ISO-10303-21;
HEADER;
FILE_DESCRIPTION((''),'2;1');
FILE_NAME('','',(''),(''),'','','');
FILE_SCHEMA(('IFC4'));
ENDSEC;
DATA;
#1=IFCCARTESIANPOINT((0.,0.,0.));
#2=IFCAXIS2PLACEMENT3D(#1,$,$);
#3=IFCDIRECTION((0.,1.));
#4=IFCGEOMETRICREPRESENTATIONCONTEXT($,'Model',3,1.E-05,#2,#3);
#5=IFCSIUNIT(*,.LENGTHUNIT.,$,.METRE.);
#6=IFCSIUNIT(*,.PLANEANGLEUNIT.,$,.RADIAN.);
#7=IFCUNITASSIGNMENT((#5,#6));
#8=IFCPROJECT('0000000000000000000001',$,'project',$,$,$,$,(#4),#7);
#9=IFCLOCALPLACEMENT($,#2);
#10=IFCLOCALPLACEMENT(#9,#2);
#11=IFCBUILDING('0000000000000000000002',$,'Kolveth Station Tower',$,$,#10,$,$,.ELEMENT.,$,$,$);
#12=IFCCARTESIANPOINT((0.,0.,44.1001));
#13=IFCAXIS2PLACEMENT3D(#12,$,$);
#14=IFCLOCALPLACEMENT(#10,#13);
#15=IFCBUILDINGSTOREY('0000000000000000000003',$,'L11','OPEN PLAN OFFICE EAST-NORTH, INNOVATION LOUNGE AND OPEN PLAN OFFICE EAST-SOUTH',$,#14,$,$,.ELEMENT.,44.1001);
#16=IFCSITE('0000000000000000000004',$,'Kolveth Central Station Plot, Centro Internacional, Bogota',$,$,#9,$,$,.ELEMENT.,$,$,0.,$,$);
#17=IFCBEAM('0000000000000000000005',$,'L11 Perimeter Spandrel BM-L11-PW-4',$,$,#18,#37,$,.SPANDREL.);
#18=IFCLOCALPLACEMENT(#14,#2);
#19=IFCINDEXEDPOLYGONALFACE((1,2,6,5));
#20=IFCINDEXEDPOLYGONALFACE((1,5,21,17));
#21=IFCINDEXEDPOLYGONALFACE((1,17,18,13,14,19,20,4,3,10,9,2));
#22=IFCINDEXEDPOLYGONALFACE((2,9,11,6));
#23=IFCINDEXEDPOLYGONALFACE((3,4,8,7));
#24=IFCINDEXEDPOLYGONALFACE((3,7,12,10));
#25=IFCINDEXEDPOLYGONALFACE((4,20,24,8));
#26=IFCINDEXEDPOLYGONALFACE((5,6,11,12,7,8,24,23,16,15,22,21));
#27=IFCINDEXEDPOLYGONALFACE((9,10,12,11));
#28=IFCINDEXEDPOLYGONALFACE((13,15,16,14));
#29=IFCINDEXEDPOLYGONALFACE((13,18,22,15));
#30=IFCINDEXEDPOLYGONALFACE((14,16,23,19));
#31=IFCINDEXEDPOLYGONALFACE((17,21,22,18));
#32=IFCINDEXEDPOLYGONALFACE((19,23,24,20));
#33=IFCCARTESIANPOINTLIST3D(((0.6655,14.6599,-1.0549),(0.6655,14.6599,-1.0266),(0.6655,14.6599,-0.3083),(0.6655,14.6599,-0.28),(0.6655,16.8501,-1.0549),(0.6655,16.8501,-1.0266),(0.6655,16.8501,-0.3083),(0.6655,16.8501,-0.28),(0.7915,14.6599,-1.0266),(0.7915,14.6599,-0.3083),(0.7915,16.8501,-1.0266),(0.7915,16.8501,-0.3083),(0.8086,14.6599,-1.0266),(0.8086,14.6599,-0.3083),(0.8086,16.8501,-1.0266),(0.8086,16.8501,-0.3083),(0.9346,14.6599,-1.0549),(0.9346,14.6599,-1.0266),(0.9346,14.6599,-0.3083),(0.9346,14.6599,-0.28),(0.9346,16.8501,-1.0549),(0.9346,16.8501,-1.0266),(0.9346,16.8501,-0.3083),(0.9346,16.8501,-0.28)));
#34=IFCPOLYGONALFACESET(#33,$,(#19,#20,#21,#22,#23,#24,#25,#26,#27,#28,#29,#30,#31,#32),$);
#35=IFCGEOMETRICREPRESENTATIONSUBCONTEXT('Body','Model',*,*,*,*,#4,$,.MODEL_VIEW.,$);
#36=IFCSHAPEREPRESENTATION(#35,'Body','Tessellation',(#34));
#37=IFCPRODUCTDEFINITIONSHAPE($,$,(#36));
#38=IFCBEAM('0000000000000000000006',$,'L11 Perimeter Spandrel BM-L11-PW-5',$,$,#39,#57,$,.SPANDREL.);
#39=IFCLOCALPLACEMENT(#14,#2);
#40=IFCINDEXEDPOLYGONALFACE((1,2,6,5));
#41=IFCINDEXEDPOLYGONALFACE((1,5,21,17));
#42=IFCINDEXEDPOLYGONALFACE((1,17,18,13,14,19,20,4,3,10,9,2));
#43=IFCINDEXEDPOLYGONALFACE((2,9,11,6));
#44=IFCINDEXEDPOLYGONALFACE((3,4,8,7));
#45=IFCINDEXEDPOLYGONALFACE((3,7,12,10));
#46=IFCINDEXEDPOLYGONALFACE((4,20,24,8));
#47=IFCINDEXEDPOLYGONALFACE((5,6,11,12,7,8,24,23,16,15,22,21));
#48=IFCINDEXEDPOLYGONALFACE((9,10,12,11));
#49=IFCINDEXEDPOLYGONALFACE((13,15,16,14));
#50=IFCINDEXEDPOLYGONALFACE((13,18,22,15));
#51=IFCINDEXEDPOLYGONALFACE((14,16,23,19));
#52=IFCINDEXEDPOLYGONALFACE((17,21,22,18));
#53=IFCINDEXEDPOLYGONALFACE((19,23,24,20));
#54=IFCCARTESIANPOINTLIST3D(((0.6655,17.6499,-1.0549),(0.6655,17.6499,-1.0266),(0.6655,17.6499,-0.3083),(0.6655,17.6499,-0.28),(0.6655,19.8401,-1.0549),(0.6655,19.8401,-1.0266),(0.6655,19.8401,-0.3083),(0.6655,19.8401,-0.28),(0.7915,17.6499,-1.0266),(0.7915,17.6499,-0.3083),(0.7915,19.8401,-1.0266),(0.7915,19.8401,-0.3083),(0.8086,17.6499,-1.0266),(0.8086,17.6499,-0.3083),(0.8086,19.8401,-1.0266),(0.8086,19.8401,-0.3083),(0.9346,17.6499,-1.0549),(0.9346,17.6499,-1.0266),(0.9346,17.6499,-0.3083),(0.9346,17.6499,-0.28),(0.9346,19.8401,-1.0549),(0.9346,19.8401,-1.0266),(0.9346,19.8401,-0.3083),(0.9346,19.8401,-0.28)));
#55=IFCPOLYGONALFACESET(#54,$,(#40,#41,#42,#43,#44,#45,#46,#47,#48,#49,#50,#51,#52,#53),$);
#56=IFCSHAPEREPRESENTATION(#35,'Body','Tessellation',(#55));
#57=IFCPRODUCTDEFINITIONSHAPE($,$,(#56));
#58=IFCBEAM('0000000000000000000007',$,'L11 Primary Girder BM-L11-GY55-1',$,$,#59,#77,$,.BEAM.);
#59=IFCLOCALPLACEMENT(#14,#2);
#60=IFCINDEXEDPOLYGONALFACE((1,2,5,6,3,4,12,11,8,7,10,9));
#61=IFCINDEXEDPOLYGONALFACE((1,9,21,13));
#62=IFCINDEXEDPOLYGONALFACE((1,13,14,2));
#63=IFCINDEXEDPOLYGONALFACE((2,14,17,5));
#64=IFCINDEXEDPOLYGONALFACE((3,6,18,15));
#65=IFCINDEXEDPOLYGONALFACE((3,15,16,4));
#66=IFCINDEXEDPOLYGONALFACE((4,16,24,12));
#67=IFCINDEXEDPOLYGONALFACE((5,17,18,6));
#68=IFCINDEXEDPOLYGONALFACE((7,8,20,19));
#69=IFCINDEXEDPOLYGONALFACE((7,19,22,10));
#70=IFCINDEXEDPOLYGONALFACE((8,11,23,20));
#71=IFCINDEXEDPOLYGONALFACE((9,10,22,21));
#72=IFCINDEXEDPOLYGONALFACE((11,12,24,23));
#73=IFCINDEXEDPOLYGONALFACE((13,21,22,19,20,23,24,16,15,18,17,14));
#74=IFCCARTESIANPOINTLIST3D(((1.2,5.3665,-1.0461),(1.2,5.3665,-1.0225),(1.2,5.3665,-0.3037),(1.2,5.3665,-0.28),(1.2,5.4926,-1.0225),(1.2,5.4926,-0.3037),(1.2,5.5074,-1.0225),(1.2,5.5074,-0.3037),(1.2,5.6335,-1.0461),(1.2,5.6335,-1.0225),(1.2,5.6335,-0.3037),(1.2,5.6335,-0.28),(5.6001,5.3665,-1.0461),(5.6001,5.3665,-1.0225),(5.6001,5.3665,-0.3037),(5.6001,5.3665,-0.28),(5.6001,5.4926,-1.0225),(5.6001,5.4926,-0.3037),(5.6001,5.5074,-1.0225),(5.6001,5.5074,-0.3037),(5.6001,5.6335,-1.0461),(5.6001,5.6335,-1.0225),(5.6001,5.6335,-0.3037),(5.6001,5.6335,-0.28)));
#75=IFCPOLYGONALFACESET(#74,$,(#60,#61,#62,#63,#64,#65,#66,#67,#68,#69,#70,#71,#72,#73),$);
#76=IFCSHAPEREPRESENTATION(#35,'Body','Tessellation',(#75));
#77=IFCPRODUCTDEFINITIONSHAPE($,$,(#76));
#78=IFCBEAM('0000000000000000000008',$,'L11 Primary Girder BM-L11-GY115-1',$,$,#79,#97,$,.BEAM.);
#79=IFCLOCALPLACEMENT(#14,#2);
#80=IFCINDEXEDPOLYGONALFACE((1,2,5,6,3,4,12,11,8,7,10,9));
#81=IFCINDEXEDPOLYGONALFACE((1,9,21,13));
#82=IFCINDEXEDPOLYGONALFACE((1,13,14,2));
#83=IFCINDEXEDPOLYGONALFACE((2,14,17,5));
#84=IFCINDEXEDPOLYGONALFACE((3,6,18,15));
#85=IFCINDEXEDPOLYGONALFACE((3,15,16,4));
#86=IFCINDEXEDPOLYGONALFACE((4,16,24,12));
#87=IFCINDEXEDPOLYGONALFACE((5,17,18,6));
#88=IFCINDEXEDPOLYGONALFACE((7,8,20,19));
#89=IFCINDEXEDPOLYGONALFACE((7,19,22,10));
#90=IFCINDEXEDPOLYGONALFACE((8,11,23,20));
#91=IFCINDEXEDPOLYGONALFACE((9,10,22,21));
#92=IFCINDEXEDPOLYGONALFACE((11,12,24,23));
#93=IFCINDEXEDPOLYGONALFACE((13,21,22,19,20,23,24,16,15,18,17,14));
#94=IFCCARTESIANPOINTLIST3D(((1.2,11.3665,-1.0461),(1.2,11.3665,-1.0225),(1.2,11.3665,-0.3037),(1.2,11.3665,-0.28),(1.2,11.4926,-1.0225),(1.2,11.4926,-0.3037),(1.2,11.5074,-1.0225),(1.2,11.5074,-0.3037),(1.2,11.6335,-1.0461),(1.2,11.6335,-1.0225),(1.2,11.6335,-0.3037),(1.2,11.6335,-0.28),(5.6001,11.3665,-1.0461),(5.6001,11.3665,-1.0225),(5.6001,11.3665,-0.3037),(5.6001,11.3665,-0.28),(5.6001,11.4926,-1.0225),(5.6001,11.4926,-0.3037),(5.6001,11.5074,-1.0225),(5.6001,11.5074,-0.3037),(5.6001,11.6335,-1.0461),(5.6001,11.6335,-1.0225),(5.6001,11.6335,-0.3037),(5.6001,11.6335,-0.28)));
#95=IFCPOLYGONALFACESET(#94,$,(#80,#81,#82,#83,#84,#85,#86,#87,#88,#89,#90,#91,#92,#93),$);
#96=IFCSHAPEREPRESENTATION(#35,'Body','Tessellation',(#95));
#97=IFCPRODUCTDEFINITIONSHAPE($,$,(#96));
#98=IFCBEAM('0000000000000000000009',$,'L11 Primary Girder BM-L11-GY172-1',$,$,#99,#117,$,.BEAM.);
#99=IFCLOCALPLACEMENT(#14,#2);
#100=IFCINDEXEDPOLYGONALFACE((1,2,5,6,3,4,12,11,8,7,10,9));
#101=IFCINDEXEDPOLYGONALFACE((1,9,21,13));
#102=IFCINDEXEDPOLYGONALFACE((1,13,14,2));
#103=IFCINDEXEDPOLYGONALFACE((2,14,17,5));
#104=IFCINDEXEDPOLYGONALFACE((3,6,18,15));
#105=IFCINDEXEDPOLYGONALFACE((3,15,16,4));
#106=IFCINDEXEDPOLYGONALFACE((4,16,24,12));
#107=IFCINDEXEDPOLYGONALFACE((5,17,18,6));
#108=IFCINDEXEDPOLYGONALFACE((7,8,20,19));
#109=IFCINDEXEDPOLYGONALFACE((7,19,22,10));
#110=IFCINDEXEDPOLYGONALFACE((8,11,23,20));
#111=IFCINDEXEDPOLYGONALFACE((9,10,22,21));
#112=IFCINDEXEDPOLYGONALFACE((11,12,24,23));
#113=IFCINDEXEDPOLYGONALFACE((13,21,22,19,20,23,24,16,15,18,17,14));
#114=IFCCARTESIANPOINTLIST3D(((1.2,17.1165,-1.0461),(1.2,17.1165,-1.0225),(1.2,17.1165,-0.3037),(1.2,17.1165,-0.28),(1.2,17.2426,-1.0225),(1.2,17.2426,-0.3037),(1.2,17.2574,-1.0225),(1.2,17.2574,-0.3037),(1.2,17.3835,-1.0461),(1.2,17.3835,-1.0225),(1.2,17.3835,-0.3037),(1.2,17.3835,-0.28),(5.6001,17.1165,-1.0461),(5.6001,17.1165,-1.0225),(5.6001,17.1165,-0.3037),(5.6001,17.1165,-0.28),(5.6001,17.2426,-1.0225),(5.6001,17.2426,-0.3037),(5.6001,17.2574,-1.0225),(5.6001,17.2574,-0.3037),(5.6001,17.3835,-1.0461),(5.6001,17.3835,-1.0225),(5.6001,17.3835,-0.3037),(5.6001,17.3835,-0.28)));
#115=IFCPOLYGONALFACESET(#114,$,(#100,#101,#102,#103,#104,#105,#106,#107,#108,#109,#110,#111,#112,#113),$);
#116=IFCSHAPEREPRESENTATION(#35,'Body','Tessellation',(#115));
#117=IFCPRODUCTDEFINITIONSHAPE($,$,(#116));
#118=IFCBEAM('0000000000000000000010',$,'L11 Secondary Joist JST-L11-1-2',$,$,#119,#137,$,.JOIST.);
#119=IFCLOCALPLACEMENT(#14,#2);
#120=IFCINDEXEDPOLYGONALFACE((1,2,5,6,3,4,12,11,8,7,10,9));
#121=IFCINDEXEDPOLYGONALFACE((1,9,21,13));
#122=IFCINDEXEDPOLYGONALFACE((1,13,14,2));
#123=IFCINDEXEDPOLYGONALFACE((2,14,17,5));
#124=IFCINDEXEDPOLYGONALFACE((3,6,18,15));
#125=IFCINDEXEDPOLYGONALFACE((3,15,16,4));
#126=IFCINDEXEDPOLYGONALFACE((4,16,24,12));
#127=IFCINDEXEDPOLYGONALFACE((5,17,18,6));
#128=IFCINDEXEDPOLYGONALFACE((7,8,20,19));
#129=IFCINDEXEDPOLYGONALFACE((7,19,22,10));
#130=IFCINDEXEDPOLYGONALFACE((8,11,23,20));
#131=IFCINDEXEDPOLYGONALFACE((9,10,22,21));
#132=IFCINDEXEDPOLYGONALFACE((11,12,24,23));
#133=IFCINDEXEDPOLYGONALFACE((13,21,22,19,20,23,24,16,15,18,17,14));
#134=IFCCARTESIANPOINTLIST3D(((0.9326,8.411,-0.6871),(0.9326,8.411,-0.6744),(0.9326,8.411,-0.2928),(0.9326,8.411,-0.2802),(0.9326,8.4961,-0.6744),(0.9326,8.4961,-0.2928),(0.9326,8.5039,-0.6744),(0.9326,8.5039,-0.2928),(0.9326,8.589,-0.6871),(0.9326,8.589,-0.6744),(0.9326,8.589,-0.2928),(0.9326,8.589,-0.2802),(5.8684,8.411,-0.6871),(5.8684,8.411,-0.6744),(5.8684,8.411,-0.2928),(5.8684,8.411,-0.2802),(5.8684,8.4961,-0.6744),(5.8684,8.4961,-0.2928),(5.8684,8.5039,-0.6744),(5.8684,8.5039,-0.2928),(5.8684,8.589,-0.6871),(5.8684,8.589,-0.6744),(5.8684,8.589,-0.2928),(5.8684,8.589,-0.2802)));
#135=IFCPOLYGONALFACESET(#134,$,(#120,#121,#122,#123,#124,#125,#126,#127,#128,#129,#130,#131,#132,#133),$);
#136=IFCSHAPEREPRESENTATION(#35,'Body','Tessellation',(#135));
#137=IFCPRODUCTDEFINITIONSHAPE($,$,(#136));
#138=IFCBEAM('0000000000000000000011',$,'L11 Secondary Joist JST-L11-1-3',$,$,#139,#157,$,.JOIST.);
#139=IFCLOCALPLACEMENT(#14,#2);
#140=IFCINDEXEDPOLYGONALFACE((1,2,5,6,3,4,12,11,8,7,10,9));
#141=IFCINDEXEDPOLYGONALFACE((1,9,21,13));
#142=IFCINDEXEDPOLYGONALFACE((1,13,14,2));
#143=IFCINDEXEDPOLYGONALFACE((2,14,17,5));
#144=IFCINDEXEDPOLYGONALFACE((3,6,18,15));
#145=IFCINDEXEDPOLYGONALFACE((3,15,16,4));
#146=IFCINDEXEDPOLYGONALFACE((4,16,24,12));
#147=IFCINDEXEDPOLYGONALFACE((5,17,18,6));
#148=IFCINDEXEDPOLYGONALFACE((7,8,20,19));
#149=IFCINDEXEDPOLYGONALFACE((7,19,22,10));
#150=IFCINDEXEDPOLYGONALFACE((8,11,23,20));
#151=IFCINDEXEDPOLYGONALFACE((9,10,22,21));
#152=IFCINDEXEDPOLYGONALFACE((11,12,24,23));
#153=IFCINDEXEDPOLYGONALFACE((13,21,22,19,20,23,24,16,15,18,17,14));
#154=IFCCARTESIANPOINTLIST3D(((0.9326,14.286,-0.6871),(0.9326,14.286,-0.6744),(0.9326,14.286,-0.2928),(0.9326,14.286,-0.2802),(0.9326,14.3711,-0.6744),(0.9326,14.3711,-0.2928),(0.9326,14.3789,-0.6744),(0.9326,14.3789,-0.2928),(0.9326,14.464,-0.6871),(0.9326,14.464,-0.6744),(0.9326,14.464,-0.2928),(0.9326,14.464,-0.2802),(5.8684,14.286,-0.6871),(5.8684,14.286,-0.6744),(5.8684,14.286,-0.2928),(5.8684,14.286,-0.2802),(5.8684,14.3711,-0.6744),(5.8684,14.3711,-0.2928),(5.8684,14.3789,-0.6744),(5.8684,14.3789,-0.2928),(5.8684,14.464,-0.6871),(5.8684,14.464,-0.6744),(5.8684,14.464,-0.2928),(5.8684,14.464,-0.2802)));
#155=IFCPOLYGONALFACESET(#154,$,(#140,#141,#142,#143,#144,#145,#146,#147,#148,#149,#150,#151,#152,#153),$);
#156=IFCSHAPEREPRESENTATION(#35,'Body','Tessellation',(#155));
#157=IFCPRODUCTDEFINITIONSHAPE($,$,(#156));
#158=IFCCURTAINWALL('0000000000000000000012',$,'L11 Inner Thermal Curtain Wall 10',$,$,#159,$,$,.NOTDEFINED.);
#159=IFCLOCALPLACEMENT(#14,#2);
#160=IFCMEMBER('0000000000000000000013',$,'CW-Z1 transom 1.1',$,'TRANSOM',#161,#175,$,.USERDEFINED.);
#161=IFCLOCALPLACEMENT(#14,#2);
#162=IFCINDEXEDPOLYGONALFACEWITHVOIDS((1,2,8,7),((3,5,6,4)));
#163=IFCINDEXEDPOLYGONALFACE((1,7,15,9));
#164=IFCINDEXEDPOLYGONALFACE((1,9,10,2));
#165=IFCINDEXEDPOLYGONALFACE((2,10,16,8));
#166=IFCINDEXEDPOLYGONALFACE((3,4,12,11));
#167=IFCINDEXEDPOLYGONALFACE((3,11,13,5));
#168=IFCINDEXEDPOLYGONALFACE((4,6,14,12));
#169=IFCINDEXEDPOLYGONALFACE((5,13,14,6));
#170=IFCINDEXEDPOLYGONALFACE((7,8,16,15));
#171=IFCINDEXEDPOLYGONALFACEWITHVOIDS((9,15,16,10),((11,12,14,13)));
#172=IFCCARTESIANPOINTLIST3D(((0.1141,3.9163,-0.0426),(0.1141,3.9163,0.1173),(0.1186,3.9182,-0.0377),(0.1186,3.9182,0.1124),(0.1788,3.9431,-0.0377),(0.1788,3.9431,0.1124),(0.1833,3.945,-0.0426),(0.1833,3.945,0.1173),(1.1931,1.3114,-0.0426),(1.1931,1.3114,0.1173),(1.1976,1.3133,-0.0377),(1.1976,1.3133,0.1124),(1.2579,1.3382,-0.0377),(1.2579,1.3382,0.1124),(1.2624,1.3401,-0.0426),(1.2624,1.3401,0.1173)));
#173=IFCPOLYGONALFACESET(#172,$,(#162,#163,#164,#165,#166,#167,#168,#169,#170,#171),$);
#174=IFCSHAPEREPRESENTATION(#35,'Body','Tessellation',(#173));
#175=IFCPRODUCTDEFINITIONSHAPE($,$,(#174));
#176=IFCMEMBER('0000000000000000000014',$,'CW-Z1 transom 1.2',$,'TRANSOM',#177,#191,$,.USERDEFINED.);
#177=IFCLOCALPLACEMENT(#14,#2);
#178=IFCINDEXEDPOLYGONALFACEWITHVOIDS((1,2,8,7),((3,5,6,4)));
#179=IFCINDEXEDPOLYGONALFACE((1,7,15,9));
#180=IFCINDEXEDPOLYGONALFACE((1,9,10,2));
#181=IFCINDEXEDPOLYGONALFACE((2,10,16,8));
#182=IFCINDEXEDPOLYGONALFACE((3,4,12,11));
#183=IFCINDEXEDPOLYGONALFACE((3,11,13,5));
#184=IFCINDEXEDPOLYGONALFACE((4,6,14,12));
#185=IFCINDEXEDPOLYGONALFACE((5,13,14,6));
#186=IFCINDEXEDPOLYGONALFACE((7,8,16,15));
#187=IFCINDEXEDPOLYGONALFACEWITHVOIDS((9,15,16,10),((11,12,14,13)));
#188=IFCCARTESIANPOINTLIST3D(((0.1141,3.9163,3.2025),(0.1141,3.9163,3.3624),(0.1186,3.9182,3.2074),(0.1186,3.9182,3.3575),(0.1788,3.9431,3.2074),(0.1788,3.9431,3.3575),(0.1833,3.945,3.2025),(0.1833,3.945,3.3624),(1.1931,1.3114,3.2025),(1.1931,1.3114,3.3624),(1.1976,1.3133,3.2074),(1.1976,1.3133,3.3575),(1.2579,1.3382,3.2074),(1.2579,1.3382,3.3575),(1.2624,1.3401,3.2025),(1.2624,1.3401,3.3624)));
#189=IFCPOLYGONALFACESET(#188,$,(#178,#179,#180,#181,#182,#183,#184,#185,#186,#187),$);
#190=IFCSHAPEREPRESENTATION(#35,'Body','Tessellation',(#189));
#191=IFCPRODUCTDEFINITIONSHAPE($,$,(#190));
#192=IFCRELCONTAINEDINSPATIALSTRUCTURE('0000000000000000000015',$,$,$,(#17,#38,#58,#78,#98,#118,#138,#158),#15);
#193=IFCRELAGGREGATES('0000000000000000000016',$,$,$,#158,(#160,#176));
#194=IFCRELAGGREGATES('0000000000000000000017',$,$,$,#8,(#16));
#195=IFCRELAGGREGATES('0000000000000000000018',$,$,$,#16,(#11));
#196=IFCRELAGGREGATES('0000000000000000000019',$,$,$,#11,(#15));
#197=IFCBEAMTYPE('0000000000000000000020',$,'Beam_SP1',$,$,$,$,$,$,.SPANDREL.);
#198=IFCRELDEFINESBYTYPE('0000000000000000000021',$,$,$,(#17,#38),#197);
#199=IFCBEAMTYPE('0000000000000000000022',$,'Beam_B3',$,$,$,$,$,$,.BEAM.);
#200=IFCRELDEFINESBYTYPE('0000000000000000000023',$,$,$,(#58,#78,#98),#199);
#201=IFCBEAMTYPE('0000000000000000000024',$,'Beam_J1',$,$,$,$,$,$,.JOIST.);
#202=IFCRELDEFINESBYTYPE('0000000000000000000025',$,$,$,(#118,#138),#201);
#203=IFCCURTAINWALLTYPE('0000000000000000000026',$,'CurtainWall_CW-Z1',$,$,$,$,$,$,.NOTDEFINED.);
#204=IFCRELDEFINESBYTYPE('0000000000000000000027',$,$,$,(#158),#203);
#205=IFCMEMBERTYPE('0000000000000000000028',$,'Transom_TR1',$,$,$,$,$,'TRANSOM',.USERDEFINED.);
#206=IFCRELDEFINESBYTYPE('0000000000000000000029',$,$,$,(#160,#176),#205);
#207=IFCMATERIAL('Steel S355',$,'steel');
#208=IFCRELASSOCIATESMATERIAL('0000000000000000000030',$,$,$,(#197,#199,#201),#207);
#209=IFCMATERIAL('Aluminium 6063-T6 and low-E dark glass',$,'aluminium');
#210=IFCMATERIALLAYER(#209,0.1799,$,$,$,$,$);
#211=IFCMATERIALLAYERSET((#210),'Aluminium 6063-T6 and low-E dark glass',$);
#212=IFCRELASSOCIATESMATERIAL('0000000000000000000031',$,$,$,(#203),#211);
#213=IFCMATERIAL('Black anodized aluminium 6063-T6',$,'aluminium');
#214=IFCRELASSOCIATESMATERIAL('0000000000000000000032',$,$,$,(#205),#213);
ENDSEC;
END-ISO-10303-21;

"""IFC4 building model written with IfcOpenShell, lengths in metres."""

from ifc_helpers import new_model, si_unit, direction, frame, origin, origin_2d, place, context, subcontext, project, spatial, hollow_rectangle, i_section, extrude, source, transform, mapped, material, layer, layer_set, material_profile, profile_set, type_object, element, aggregate, save


model = new_model("IFC4")

# Units and contexts
model_context = context("Model", 3, precision=1e-05, world=origin(), true_north=direction((0.0, 1.0)))
body_context = subcontext(model_context, "Body", "Model", "MODEL_VIEW")
ifc_project = project(units=[si_unit("LENGTHUNIT", "METRE"), si_unit("PLANEANGLEUNIT", "RADIAN")], contexts=[model_context])

# Site, building, storey
site_placement = place(None, origin())
site = spatial("IfcSite", under=ifc_project, at=site_placement, Name="Kolveth Central Station Plot, Centro Internacional, Bogota", CompositionType="ELEMENT", RefElevation=0.0)
building_placement = place(site_placement, origin())
building = spatial("IfcBuilding", under=site, at=building_placement, Name="Kolveth Station Tower", CompositionType="ELEMENT")
storey_placement = place(building_placement, frame((0.0, 0.0, 44.1001)))
storey = spatial("IfcBuildingStorey", under=building, at=storey_placement, Name="L11", Description="OPEN PLAN OFFICE EAST-NORTH, INNOVATION LOUNGE AND OPEN PLAN OFFICE EAST-SOUTH", CompositionType="ELEMENT", Elevation=44.1001)

# Shared definitions
ifc_material_1 = material(Name="Steel S355", Category="steel")

# Beams
ifc_material_profile_1 = material_profile(ifc_material_1, i_section(OverallWidth=0.269, OverallDepth=0.7749, WebThickness=0.0171, FlangeThickness=0.0283, at=origin_2d()), Name="W760x220")
ifc_profile_set_1 = profile_set([ifc_material_profile_1], Name="Steel S355")
beam_type_1 = type_object("IfcBeamType", Name="Beam_SP1", PredefinedType="SPANDREL", material=ifc_profile_set_1)
shared_shape_1 = source(origin(), body_context, "Body", "SweptSolid", [
    extrude(i_section(OverallWidth=0.269, OverallDepth=0.7749, WebThickness=0.0171, FlangeThickness=0.0283, at=origin_2d()), origin(), (0.0, 0.0, 1.0), 2.1902),
])
for number, where, z_axis, x_axis, name in (
    (1, (0.8, 14.6599, -0.6675), (0.0, 1.0, 0.0), (-1.0, 0.0, 0.0), "L11 Perimeter Spandrel BM-L11-PW-4"),
    (2, (0.8, 17.6499, -0.6675), (0.0, 1.0, 0.0), (-1.0, 0.0, 0.0), "L11 Perimeter Spandrel BM-L11-PW-5"),
):
    element("IfcBeam", number, at=place(storey_placement, frame(where, z_axis=z_axis, x_axis=x_axis)), inside=storey, type_object=beam_type_1, Name=name, PredefinedType="SPANDREL", context=body_context, shape_type="MappedRepresentation", body=[
        mapped(shared_shape_1, transform((0.0, 0.0, 0.0), x_axis=(1.0, 0.0, 0.0), y_axis=(0.0, 1.0, 0.0), z_axis=(0.0, 0.0, 1.0), scale=1.0)),
    ])
ifc_material_profile_2 = material_profile(ifc_material_1, i_section(OverallWidth=0.2671, OverallDepth=0.7661, WebThickness=0.0149, FlangeThickness=0.0237, at=origin_2d()), Name="W760x185")
ifc_profile_set_2 = profile_set([ifc_material_profile_2], Name="Steel S355")
beam_type_2 = type_object("IfcBeamType", Name="Beam_B3", PredefinedType="BEAM", material=ifc_profile_set_2)
shared_shape_2 = source(origin(), body_context, "Body", "SweptSolid", [
    extrude(i_section(OverallWidth=0.2671, OverallDepth=0.7661, WebThickness=0.0149, FlangeThickness=0.0237, at=origin_2d()), origin(), (0.0, 0.0, 1.0), 4.4001),
])
for number, where, z_axis, x_axis, name in (
    (3, (1.2, 5.5, -0.6631), (1.0, 0.0, 0.0), (0.0, 1.0, 0.0), "L11 Primary Girder BM-L11-GY55-1"),
    (4, (1.2, 11.5, -0.6631), (1.0, 0.0, 0.0), (0.0, 1.0, 0.0), "L11 Primary Girder BM-L11-GY115-1"),
    (5, (1.2, 17.25, -0.6631), (1.0, 0.0, 0.0), (0.0, 1.0, 0.0), "L11 Primary Girder BM-L11-GY172-1"),
):
    element("IfcBeam", number, at=place(storey_placement, frame(where, z_axis=z_axis, x_axis=x_axis)), inside=storey, type_object=beam_type_2, Name=name, PredefinedType="BEAM", context=body_context, shape_type="MappedRepresentation", body=[
        mapped(shared_shape_2, transform((0.0, 0.0, 0.0), x_axis=(1.0, 0.0, 0.0), y_axis=(0.0, 1.0, 0.0), z_axis=(0.0, 0.0, 1.0), scale=1.0)),
    ])
ifc_material_profile_3 = material_profile(ifc_material_1, i_section(OverallWidth=0.178, OverallDepth=0.407, WebThickness=0.0078, FlangeThickness=0.0127, at=origin_2d()), Name="W410x60")
ifc_profile_set_3 = profile_set([ifc_material_profile_3], Name="Steel S355")
beam_type_3 = type_object("IfcBeamType", Name="Beam_J1", PredefinedType="JOIST", material=ifc_profile_set_3)
shared_shape_3 = source(origin(), body_context, "Body", "SweptSolid", [
    extrude(i_section(OverallWidth=0.178, OverallDepth=0.407, WebThickness=0.0078, FlangeThickness=0.0127, at=origin_2d()), origin(), (0.0, 0.0, 1.0), 4.9358),
])
for number, where, z_axis, x_axis, name in (
    (6, (0.9326, 8.5, -0.4836), (1.0, 0.0, 0.0), (0.0, 1.0, 0.0), "L11 Secondary Joist JST-L11-1-2"),
    (7, (0.9326, 14.375, -0.4836), (1.0, 0.0, 0.0), (0.0, 1.0, 0.0), "L11 Secondary Joist JST-L11-1-3"),
):
    element("IfcBeam", number, at=place(storey_placement, frame(where, z_axis=z_axis, x_axis=x_axis)), inside=storey, type_object=beam_type_3, Name=name, PredefinedType="JOIST", context=body_context, shape_type="MappedRepresentation", body=[
        mapped(shared_shape_3, transform((0.0, 0.0, 0.0), x_axis=(1.0, 0.0, 0.0), y_axis=(0.0, 1.0, 0.0), z_axis=(0.0, 0.0, 1.0), scale=1.0)),
    ])

# Curtain wall, members
ifc_material_2 = material(Name="Aluminium 6063-T6 and low-E dark glass", Category="aluminium")
ifc_layer_1 = layer(ifc_material_2, 0.1799)
ifc_layer_set_1 = layer_set([ifc_layer_1], Name="Aluminium 6063-T6 and low-E dark glass")
curtain_wall_type_1 = type_object("IfcCurtainWallType", Name="CurtainWall_CW-Z1", PredefinedType="NOTDEFINED", material=ifc_layer_set_1)
curtain_wall_1_placement = place(storey_placement, origin())
curtain_wall_1 = element("IfcCurtainWall", 8, at=curtain_wall_1_placement, inside=storey, type_object=curtain_wall_type_1, Name="L11 Inner Thermal Curtain Wall 10", PredefinedType="NOTDEFINED")
ifc_material_3 = material(Name="Black anodized aluminium 6063-T6", Category="aluminium")
ifc_material_profile_4 = material_profile(ifc_material_3, hollow_rectangle(XDim=0.075, YDim=0.1599, WallThickness=0.0049, at=origin_2d()), Name="ALU-75x160x5")
ifc_profile_set_4 = profile_set([ifc_material_profile_4], Name="Black anodized aluminium 6063-T6")
member_type_1 = type_object("IfcMemberType", Name="Transom_TR1", ElementType="TRANSOM", PredefinedType="USERDEFINED", material=ifc_profile_set_4)
shared_shape_4 = source(origin(), body_context, "Body", "SweptSolid", [
    extrude(hollow_rectangle(XDim=0.075, YDim=0.1599, WallThickness=0.0049, at=origin_2d()), origin(), (0.0, 0.0, 1.0), 2.8196),
])
member_1_placement = place(storey_placement, frame((0.1487, 3.9307, 0.0374), z_axis=(0.382709, -0.923869, 0.0), x_axis=(0.923869, 0.382709, 0.0)))
member_1 = element("IfcMember", 9, at=member_1_placement, type_object=member_type_1, Name="CW-Z1 transom 1.1", ObjectType="TRANSOM", PredefinedType="USERDEFINED", context=body_context, shape_type="MappedRepresentation", body=[
    mapped(shared_shape_4, transform((0.0, 0.0, 0.0), x_axis=(1.0, 0.0, 0.0), y_axis=(0.0, 1.0, 0.0), z_axis=(0.0, 0.0, 1.0), scale=1.0)),
])
member_2_placement = place(storey_placement, frame((0.1487, 3.9307, 3.2825), z_axis=(0.382709, -0.923869, 0.0), x_axis=(0.923869, 0.382709, 0.0)))
member_2 = element("IfcMember", 10, at=member_2_placement, type_object=member_type_1, Name="CW-Z1 transom 1.2", ObjectType="TRANSOM", PredefinedType="USERDEFINED", context=body_context, shape_type="MappedRepresentation", body=[
    mapped(shared_shape_4, transform((0.0, 0.0, 0.0), x_axis=(1.0, 0.0, 0.0), y_axis=(0.0, 1.0, 0.0), z_axis=(0.0, 0.0, 1.0), scale=1.0)),
])

aggregate(curtain_wall_1, [member_1, member_2])

save(model, "model.ifc")
